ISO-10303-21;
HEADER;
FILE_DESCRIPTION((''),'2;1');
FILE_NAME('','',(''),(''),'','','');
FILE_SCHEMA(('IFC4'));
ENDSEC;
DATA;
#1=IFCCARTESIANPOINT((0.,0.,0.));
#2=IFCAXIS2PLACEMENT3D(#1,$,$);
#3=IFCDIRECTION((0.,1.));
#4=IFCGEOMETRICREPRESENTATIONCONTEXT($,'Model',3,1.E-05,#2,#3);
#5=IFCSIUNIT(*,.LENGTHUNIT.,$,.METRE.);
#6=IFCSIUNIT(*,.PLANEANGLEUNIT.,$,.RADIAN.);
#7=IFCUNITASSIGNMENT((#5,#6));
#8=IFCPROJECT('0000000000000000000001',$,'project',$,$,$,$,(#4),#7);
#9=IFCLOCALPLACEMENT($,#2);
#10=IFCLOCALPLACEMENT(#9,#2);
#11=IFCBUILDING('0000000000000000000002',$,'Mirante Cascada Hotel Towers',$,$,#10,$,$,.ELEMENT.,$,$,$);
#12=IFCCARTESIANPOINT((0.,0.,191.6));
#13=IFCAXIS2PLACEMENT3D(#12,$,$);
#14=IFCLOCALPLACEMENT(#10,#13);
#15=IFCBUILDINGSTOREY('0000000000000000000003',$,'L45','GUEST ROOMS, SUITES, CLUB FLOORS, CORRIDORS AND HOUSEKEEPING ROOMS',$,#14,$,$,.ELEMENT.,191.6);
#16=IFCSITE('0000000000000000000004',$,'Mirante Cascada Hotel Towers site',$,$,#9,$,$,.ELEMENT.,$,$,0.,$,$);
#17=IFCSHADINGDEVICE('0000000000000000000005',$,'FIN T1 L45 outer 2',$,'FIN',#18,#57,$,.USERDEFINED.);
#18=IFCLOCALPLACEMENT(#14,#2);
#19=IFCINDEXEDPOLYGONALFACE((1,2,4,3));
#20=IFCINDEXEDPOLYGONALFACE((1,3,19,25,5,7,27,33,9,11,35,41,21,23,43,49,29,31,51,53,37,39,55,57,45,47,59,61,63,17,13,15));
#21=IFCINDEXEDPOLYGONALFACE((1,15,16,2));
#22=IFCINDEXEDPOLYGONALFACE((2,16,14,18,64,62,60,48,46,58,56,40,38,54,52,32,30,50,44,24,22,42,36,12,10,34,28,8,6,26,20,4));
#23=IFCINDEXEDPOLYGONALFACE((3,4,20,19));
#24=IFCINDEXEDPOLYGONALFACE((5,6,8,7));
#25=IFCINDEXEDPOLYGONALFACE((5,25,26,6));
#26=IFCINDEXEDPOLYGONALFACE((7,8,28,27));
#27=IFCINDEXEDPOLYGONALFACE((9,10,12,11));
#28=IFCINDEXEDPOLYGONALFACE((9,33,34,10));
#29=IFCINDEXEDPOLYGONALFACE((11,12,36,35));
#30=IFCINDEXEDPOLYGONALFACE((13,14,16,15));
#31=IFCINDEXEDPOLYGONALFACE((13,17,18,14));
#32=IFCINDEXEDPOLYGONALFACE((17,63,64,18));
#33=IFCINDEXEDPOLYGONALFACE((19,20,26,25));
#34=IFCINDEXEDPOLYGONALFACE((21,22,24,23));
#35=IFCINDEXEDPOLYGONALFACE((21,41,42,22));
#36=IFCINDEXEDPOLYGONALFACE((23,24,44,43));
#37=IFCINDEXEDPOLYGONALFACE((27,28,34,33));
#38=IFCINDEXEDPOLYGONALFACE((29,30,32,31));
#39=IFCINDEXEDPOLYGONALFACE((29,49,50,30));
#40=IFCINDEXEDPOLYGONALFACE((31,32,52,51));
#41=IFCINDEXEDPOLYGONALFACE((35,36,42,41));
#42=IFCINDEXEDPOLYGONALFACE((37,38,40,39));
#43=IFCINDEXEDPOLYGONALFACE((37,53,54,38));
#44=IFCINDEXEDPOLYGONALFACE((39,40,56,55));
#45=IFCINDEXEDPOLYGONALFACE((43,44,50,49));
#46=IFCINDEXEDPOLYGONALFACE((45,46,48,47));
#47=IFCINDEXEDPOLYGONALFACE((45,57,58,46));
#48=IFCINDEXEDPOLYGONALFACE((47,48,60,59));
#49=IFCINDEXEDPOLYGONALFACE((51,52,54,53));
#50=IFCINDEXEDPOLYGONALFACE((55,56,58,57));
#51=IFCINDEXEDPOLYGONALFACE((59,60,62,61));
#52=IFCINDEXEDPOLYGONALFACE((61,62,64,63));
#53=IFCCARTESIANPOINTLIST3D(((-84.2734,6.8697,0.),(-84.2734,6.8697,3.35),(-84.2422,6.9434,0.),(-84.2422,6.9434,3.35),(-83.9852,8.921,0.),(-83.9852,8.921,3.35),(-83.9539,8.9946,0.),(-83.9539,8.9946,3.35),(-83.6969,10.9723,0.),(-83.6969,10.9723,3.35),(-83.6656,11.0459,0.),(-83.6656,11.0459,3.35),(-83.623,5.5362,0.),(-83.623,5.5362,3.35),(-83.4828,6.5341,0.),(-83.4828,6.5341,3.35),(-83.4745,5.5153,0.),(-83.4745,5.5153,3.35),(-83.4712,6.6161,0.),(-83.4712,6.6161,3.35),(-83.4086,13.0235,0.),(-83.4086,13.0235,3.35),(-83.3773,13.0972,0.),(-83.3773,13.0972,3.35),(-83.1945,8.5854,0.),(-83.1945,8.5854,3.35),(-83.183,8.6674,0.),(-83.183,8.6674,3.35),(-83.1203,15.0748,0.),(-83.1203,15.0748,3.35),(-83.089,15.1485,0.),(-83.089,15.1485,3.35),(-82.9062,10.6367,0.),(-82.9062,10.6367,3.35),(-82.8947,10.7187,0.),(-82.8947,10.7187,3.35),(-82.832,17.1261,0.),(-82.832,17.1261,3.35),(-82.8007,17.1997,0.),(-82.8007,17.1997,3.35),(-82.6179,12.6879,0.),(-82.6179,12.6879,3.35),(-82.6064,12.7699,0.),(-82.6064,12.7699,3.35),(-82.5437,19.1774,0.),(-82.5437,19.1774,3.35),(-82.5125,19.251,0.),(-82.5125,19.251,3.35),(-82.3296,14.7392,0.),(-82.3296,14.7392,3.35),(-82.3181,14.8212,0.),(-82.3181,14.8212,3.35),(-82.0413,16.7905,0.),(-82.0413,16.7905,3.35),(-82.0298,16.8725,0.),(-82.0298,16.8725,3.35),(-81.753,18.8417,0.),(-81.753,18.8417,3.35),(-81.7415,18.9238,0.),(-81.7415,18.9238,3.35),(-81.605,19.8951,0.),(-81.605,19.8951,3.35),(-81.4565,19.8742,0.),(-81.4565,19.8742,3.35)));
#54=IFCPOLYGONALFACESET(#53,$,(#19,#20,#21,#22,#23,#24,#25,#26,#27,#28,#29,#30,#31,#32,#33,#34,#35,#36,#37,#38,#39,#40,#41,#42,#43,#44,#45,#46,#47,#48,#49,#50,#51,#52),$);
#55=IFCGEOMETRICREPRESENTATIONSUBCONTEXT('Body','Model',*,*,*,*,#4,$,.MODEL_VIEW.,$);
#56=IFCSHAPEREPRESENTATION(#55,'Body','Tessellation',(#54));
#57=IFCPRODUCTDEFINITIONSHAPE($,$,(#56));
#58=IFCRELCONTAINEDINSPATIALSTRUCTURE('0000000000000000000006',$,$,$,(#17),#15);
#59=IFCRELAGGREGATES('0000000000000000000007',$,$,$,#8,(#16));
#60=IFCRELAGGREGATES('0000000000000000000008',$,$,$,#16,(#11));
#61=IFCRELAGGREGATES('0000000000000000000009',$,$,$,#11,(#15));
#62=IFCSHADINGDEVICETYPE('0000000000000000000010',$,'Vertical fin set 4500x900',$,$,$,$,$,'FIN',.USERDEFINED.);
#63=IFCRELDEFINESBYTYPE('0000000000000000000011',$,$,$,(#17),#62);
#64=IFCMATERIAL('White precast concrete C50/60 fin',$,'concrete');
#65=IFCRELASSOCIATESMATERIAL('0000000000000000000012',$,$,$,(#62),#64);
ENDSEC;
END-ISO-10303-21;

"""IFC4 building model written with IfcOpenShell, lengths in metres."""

from ifc_helpers import new_model, si_unit, direction, frame, origin, place, context, subcontext, project, spatial, polyline, outline, extrude, material, type_object, element, save


model = new_model("IFC4")

# Units and contexts
model_context = context("Model", 3, precision=1e-05, world=origin(), true_north=direction((0.0, 1.0)))
body_context = subcontext(model_context, "Body", "Model", "MODEL_VIEW")
ifc_project = project(units=[si_unit("LENGTHUNIT", "METRE"), si_unit("PLANEANGLEUNIT", "RADIAN")], contexts=[model_context])

# Site, building, storey
site_placement = place(None, origin())
site = spatial("IfcSite", under=ifc_project, at=site_placement, Name="Mirante Cascada Hotel Towers site", CompositionType="ELEMENT", RefElevation=0.0)
building_placement = place(site_placement, origin())
building = spatial("IfcBuilding", under=site, at=building_placement, Name="Mirante Cascada Hotel Towers", CompositionType="ELEMENT")
storey_placement = place(building_placement, frame((0.0, 0.0, 191.6)))
storey = spatial("IfcBuildingStorey", under=building, at=storey_placement, Name="L45", Description="GUEST ROOMS, SUITES, CLUB FLOORS, CORRIDORS AND HOUSEKEEPING ROOMS", CompositionType="ELEMENT", Elevation=191.6)

# Shading device
ifc_material_1 = material(Name="White precast concrete C50/60 fin", Category="concrete")
shading_device_type = type_object("IfcShadingDeviceType", Name="Vertical fin set 4500x900", ElementType="FIN", PredefinedType="USERDEFINED", material=ifc_material_1)
shading_device_1_placement = place(storey_placement, origin())
element("IfcShadingDevice", 1, at=shading_device_1_placement, inside=storey, type_object=shading_device_type, Name="FIN T1 L45 outer 2", ObjectType="FIN", PredefinedType="USERDEFINED", context=body_context, shape_type="SweptSolid", body=[
    extrude(outline(polyline([(-83.4712, 6.6161), (-83.1945, 8.5854), (-83.9852, 8.921), (-83.9539, 8.9946), (-83.183, 8.6674), (-82.9062, 10.6367), (-83.6969, 10.9723), (-83.6656, 11.0459), (-82.8947, 10.7187), (-82.6179, 12.6879), (-83.4086, 13.0235), (-83.3773, 13.0972), (-82.6064, 12.7699), (-82.3296, 14.7392), (-83.1203, 15.0748), (-83.089, 15.1485), (-82.3181, 14.8212), (-82.0413, 16.7905), (-82.832, 17.1261), (-82.8007, 17.1997), (-82.0298, 16.8725), (-81.753, 18.8417), (-82.5437, 19.1774), (-82.5125, 19.251), (-81.7415, 18.9238), (-81.605, 19.8951), (-81.4565, 19.8742), (-83.4745, 5.5153), (-83.623, 5.5362), (-83.4828, 6.5341), (-84.2734, 6.8697), (-84.2422, 6.9434), (-83.4712, 6.6161)])), origin(), (0.0, 0.0, 1.0), 3.35),
])

save(model, "model.ifc")
